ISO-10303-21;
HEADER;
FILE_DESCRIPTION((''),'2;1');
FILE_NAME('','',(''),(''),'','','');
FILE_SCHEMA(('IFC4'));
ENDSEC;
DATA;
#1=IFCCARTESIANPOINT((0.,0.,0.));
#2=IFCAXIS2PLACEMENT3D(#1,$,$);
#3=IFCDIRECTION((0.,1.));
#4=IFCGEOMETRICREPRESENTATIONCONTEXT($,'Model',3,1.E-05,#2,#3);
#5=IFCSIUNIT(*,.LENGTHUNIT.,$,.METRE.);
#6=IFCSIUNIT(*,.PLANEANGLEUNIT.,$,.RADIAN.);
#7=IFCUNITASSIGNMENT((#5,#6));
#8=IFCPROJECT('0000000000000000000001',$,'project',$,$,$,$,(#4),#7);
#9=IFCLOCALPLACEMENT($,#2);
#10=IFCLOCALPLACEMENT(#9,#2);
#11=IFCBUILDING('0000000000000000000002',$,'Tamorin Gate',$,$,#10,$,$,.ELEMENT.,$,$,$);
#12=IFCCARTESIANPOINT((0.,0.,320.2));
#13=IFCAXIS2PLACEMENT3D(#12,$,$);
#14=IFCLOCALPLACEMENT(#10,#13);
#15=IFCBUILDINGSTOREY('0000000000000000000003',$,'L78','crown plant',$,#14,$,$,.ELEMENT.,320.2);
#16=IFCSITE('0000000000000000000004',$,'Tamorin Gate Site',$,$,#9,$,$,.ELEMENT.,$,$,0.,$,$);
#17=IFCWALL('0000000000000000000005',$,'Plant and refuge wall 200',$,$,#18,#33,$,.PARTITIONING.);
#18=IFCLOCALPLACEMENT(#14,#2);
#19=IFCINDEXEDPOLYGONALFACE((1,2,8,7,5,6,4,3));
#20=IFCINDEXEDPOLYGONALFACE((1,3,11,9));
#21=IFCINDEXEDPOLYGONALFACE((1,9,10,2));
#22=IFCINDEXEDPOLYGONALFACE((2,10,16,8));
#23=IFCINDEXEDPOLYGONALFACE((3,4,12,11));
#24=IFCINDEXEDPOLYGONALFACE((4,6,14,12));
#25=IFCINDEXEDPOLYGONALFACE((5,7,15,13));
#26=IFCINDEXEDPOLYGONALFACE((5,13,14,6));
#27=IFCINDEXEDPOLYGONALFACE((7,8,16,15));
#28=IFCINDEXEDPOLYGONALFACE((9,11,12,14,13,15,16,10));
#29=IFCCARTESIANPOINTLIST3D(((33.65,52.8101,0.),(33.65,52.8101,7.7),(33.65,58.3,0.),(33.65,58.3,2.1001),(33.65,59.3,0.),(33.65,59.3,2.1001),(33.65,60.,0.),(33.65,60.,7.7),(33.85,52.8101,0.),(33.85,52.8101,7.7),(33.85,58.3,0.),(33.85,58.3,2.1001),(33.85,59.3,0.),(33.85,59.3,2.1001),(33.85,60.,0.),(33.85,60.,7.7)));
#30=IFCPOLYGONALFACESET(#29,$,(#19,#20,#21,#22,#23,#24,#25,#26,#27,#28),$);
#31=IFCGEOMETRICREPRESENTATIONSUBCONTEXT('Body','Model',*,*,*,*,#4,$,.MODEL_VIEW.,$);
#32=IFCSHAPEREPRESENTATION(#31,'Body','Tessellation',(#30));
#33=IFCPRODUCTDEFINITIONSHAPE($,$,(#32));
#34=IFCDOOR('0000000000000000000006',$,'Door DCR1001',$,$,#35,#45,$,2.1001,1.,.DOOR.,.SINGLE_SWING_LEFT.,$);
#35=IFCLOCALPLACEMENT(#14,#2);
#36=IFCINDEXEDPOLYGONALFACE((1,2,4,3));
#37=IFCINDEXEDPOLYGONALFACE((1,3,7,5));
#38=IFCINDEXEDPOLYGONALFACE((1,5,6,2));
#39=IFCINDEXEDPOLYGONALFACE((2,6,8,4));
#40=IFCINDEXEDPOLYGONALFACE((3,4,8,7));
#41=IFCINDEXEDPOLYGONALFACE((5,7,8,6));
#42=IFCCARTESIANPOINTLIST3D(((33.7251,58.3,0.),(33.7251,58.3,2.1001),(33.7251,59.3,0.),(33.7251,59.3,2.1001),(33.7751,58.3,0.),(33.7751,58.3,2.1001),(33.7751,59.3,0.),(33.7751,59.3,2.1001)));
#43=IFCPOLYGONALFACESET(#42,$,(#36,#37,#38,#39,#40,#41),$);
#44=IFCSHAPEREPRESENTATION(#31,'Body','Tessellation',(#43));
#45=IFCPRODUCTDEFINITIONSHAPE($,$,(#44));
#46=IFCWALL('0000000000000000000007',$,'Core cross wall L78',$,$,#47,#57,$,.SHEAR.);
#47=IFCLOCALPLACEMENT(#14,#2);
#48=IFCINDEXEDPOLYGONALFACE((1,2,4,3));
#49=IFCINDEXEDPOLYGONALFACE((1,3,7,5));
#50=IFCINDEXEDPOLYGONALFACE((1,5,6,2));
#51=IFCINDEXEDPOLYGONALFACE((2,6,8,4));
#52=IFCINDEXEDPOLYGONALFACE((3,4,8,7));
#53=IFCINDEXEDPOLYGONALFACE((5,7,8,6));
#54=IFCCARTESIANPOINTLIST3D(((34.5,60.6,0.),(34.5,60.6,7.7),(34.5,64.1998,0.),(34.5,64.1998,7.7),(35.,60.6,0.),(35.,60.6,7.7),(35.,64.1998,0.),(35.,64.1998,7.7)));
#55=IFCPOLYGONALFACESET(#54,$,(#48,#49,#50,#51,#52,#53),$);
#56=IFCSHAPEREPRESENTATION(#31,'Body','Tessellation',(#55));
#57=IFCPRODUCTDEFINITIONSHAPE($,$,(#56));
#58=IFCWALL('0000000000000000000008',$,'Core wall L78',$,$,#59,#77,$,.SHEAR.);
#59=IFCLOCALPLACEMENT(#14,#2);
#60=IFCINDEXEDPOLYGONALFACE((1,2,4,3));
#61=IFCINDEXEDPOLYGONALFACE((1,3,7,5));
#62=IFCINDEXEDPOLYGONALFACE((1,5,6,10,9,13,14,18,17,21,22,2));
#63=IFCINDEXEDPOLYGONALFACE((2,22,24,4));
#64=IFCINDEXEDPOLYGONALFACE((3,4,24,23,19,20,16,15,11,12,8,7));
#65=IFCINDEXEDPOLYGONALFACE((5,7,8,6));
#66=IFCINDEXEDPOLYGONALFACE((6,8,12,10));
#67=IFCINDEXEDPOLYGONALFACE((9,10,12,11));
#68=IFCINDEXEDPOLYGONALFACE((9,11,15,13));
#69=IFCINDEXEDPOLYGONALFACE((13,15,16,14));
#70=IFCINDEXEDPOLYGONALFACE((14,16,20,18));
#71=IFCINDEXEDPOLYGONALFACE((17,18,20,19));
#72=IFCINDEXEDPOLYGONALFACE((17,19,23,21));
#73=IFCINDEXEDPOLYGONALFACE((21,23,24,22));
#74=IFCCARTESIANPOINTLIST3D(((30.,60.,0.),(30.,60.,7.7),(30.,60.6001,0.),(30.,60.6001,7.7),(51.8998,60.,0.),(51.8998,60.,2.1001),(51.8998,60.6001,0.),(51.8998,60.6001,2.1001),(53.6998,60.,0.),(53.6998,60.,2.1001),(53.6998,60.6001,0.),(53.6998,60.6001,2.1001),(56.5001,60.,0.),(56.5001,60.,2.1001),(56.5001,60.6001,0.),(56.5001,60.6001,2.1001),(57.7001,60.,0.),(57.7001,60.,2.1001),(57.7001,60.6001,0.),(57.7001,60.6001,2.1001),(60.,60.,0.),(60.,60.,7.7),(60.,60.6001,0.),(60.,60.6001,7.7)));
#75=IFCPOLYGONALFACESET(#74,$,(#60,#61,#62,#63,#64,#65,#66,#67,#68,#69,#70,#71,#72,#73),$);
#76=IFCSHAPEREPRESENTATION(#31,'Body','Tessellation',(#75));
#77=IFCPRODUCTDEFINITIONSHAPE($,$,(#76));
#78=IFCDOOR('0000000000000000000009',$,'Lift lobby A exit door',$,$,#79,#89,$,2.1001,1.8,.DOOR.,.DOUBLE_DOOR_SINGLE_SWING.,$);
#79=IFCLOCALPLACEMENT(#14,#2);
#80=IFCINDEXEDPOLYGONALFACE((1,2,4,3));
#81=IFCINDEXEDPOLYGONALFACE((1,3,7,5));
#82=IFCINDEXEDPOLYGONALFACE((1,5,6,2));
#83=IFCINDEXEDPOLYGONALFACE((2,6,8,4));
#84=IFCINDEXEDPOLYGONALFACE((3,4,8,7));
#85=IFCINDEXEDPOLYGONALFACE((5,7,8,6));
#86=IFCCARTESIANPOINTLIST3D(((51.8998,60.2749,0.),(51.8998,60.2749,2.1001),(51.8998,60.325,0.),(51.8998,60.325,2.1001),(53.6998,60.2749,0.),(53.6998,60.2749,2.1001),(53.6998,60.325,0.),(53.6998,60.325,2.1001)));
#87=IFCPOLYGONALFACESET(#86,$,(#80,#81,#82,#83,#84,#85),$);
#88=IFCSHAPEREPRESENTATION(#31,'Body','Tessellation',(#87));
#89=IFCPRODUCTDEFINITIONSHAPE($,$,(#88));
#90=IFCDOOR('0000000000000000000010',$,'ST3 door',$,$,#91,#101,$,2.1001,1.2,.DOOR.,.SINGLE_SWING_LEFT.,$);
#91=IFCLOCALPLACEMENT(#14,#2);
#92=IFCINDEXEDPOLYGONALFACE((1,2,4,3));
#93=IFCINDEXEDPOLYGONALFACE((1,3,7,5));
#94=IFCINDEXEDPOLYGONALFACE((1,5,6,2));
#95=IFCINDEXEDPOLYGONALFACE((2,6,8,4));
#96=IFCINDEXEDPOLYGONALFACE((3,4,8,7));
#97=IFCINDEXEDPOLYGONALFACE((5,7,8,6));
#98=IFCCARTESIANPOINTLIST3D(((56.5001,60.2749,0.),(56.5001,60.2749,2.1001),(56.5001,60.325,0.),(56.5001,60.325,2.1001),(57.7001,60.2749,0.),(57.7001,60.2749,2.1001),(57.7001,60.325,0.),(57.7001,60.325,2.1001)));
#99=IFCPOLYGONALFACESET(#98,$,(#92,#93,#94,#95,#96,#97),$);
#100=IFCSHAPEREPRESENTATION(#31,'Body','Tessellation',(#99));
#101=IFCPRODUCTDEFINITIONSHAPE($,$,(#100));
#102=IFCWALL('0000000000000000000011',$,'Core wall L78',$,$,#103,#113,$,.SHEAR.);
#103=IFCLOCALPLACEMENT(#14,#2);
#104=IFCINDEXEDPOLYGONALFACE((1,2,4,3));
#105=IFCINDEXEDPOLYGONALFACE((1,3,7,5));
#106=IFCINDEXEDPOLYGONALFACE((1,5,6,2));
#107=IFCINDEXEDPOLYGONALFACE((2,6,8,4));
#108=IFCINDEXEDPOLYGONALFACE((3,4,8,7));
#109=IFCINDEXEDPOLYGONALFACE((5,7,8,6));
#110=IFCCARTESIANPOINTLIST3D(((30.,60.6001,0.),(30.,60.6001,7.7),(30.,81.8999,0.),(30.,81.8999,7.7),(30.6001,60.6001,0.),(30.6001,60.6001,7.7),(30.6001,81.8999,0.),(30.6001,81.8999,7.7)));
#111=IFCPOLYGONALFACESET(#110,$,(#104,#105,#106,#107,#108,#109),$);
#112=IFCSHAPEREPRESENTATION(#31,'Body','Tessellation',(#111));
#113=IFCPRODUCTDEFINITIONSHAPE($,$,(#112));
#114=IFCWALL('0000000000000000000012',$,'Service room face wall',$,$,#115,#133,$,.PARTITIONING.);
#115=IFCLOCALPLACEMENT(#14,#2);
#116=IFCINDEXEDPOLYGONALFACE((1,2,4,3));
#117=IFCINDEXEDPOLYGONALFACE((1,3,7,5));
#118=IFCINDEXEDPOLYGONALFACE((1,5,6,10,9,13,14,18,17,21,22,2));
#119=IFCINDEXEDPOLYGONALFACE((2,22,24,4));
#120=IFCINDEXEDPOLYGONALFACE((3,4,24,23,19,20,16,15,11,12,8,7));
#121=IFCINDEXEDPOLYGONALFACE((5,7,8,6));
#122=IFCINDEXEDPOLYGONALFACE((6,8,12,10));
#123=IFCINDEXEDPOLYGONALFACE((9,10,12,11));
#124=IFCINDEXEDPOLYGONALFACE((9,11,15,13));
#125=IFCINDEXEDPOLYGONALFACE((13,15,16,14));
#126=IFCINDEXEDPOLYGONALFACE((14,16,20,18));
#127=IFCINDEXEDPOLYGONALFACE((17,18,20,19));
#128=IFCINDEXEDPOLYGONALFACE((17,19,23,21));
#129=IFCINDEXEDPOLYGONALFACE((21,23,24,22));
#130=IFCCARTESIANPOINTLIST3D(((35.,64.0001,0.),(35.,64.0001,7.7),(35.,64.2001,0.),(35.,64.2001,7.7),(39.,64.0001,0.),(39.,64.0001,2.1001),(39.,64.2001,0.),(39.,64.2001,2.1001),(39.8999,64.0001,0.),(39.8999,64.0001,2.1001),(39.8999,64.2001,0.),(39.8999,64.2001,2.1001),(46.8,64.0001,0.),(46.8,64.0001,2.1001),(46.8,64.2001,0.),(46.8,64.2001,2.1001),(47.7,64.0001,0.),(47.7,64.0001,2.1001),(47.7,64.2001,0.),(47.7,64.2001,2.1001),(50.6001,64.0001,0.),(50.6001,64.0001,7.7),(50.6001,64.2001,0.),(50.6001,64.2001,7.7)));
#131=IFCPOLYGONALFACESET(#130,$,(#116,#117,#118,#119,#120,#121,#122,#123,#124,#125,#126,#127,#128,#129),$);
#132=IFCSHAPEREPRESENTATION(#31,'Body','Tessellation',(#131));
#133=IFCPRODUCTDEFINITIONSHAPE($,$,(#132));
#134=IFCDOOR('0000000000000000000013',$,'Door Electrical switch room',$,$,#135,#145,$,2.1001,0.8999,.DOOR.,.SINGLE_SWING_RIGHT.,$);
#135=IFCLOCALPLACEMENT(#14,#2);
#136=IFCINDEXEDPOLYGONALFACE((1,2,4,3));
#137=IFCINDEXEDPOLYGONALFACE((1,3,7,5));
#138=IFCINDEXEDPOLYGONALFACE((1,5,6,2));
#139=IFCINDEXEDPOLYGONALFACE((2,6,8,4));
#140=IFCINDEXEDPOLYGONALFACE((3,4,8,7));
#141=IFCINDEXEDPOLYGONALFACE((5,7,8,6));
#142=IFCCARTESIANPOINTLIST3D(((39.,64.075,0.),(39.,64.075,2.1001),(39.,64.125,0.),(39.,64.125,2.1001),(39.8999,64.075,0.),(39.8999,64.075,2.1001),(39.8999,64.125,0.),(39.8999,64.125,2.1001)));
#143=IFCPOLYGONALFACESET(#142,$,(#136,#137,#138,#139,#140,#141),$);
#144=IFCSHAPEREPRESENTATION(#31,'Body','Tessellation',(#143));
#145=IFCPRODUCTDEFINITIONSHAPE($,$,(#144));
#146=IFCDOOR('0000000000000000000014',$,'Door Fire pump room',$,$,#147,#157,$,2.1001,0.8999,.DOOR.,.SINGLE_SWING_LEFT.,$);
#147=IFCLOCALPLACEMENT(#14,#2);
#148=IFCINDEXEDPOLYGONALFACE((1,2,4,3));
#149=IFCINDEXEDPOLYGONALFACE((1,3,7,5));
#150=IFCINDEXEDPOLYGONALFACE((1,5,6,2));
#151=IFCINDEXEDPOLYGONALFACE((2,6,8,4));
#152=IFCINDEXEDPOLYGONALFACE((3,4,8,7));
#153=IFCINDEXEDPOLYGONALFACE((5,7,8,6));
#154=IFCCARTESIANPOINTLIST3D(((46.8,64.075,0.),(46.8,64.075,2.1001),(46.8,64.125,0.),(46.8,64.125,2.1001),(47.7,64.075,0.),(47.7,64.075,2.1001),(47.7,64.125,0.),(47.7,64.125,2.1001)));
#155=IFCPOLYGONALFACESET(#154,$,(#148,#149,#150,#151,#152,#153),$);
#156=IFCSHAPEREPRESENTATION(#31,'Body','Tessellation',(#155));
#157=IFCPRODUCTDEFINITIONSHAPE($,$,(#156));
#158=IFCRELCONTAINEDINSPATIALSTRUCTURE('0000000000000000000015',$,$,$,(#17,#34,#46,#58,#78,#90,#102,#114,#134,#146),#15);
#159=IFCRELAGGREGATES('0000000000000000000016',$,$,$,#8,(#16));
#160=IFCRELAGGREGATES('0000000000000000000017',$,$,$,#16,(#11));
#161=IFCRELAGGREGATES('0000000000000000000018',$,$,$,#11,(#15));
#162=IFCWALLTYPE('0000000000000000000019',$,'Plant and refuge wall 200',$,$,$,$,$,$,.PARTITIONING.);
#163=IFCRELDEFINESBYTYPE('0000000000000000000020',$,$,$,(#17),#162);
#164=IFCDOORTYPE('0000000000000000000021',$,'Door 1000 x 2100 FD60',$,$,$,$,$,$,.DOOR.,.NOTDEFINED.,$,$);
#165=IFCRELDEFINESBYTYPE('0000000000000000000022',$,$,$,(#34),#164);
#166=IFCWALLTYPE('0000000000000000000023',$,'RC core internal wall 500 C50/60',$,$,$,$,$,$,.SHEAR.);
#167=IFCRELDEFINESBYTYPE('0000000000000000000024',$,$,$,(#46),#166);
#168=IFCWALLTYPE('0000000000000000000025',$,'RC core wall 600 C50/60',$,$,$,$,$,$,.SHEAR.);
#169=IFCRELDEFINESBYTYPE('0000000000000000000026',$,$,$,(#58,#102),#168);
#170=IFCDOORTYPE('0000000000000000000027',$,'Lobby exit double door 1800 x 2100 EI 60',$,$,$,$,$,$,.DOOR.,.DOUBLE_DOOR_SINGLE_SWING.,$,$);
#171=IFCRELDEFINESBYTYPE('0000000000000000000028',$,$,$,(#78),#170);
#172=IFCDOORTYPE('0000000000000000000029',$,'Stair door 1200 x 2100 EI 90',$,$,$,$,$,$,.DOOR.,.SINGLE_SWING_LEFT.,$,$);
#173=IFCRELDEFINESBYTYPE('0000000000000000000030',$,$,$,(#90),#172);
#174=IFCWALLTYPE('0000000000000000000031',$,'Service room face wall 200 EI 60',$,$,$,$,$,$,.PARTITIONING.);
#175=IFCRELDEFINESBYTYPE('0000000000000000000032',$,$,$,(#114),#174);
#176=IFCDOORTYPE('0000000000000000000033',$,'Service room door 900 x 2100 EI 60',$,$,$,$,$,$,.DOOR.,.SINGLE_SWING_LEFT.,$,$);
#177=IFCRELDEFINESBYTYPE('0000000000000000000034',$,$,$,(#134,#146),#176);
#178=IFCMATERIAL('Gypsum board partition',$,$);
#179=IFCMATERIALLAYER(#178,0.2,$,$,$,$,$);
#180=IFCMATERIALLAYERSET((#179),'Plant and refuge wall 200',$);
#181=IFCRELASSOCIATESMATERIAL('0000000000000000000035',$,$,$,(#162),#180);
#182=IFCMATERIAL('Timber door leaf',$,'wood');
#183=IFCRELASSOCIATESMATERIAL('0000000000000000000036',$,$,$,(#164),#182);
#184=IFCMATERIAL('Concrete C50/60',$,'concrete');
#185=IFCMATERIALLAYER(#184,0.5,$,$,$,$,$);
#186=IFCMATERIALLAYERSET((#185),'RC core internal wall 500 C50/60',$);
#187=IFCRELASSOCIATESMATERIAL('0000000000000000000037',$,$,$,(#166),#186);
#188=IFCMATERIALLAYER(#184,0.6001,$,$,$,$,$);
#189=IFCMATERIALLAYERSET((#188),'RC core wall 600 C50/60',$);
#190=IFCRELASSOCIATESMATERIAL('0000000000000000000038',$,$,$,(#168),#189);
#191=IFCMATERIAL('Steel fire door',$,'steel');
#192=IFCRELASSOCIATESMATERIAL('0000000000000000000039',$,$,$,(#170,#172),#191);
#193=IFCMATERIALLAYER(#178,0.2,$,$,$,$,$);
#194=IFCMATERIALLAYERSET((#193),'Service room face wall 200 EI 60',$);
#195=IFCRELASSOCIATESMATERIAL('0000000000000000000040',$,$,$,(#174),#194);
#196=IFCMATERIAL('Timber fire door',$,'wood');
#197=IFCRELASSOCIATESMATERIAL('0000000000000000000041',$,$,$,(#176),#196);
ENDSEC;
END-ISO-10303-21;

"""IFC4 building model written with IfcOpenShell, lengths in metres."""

from ifc_helpers import new_model, si_unit, direction, frame, frame_2d, origin, place, context, subcontext, project, spatial, rectangle, extrude, material, layer, layer_set, type_object, element, fill, save


model = new_model("IFC4")

# Units and contexts
model_context = context("Model", 3, precision=1e-05, world=origin(), true_north=direction((0.0, 1.0)))
body_context = subcontext(model_context, "Body", "Model", "MODEL_VIEW")
ifc_project = project(units=[si_unit("LENGTHUNIT", "METRE"), si_unit("PLANEANGLEUNIT", "RADIAN")], contexts=[model_context])

# Site, building, storey
site_placement = place(None, origin())
site = spatial("IfcSite", under=ifc_project, at=site_placement, Name="Tamorin Gate Site", CompositionType="ELEMENT", RefElevation=0.0)
building_placement = place(site_placement, origin())
building = spatial("IfcBuilding", under=site, at=building_placement, Name="Tamorin Gate", CompositionType="ELEMENT")
storey_placement = place(building_placement, frame((0.0, 0.0, 320.2)))
storey = spatial("IfcBuildingStorey", under=building, at=storey_placement, Name="L78", Description="crown plant", CompositionType="ELEMENT", Elevation=320.2)

# Shared definitions
ifc_material_1 = material(Name="Concrete C50/60", Category="concrete")

# Shared definitions
ifc_material_2 = material(Name="Gypsum board partition")
ifc_layer_1 = layer(ifc_material_2, 0.2)
ifc_layer_set_1 = layer_set([ifc_layer_1], Name="Plant and refuge wall 200")
wall_type_1 = type_object("IfcWallType", Name="Plant and refuge wall 200", PredefinedType="PARTITIONING", material=ifc_layer_set_1)
ifc_material_3 = material(Name="Timber door leaf", Category="wood")
door_type_1 = type_object("IfcDoorType", Name="Door 1000 x 2100 FD60", OperationType="NOTDEFINED", PredefinedType="DOOR", material=ifc_material_3)

# Wall, opening, door
wall_1_placement = place(storey_placement, frame((33.75, 52.8101, 0.0), z_axis=(0.0, 0.0, 1.0), x_axis=(0.0, 1.0, 0.0)))
wall_1 = element("IfcWall", 1, at=wall_1_placement, inside=storey, type_object=wall_type_1, Name="Plant and refuge wall 200", PredefinedType="PARTITIONING", context=body_context, shape_type="SweptSolid", body=[
    extrude(rectangle(XDim=7.1899, YDim=0.2, at=frame_2d((3.595, 0.0))), origin(), (0.0, 0.0, 1.0), 7.7),
])
opening_1_placement = place(wall_1_placement, frame((5.49, 0.0, 0.0)))
opening_1 = element("IfcOpeningElement", 2, at=opening_1_placement, cuts=wall_1, PredefinedType="OPENING", context=body_context, shape_type="SweptSolid", body=[
    extrude(rectangle(XDim=1.0, YDim=2.1001, at=frame_2d((0.5, 1.05))), frame((0.0, 0.1099, 0.0), z_axis=(0.0, -1.0, 0.0), x_axis=(1.0, 0.0, 0.0)), (0.0, 0.0, 1.0), 0.22),
])
door_1_placement = place(opening_1_placement, origin())
door_1 = element("IfcDoor", 3, at=door_1_placement, inside=storey, type_object=door_type_1, Name="Door DCR1001", OperationType="SINGLE_SWING_LEFT", OverallHeight=2.1001, OverallWidth=1.0, PredefinedType="DOOR", context=body_context, shape_type="SweptSolid", body=[
    extrude(rectangle(XDim=1.0, YDim=2.1001, at=frame_2d((0.5, 1.05))), frame((0.0, 0.0249, 0.0), z_axis=(0.0, -1.0, 0.0), x_axis=(1.0, 0.0, 0.0)), (0.0, 0.0, 1.0), 0.05),
])
fill(opening_1, door_1)

# Wall
ifc_layer_2 = layer(ifc_material_1, 0.5)
ifc_layer_set_2 = layer_set([ifc_layer_2], Name="RC core internal wall 500 C50/60")
wall_type_2 = type_object("IfcWallType", Name="RC core internal wall 500 C50/60", PredefinedType="SHEAR", material=ifc_layer_set_2)
wall_2_placement = place(storey_placement, frame((34.75, 60.6001, 0.0), z_axis=(0.0, 0.0, 1.0), x_axis=(0.0, 1.0, 0.0)))
element("IfcWall", 4, at=wall_2_placement, inside=storey, type_object=wall_type_2, Name="Core cross wall L78", PredefinedType="SHEAR", context=body_context, shape_type="SweptSolid", body=[
    extrude(rectangle(XDim=3.5999, YDim=0.5, at=frame_2d((1.7998, 0.0))), origin(), (0.0, 0.0, 1.0), 7.7),
])

# Wall, openings, doors
ifc_layer_3 = layer(ifc_material_1, 0.6001)
ifc_layer_set_3 = layer_set([ifc_layer_3], Name="RC core wall 600 C50/60")
wall_type_3 = type_object("IfcWallType", Name="RC core wall 600 C50/60", PredefinedType="SHEAR", material=ifc_layer_set_3)
wall_3_placement = place(storey_placement, frame((30.0, 60.3, 0.0), z_axis=(0.0, 0.0, 1.0), x_axis=(1.0, 0.0, 0.0)))
wall_3 = element("IfcWall", 5, at=wall_3_placement, inside=storey, type_object=wall_type_3, Name="Core wall L78", PredefinedType="SHEAR", context=body_context, shape_type="SweptSolid", body=[
    extrude(rectangle(XDim=30.0, YDim=0.6001, at=frame_2d((15.0, 0.0))), origin(), (0.0, 0.0, 1.0), 7.7),
])
opening_2_placement = place(wall_3_placement, frame((21.8999, 0.0, 0.0)))
opening_2 = element("IfcOpeningElement", 6, at=opening_2_placement, cuts=wall_3, PredefinedType="OPENING", context=body_context, shape_type="SweptSolid", body=[
    extrude(rectangle(XDim=1.8, YDim=2.1001, at=frame_2d((0.8999, 1.05))), frame((0.0, 0.3101, 0.0), z_axis=(0.0, -1.0, 0.0), x_axis=(1.0, 0.0, 0.0)), (0.0, 0.0, 1.0), 0.6201),
])
opening_3_placement = place(wall_3_placement, frame((26.5, 0.0, 0.0)))
opening_3 = element("IfcOpeningElement", 7, at=opening_3_placement, cuts=wall_3, PredefinedType="OPENING", context=body_context, shape_type="SweptSolid", body=[
    extrude(rectangle(XDim=1.2, YDim=2.1001, at=frame_2d((0.6001, 1.05))), frame((0.0, 0.3101, 0.0), z_axis=(0.0, -1.0, 0.0), x_axis=(1.0, 0.0, 0.0)), (0.0, 0.0, 1.0), 0.6201),
])
ifc_material_4 = material(Name="Steel fire door", Category="steel")
door_type_2 = type_object("IfcDoorType", Name="Lobby exit double door 1800 x 2100 EI 60", OperationType="DOUBLE_DOOR_SINGLE_SWING", PredefinedType="DOOR", material=ifc_material_4)
door_2_placement = place(opening_2_placement, origin())
door_2 = element("IfcDoor", 8, at=door_2_placement, inside=storey, type_object=door_type_2, Name="Lift lobby A exit door", OperationType="DOUBLE_DOOR_SINGLE_SWING", OverallHeight=2.1001, OverallWidth=1.8, PredefinedType="DOOR", context=body_context, shape_type="SweptSolid", body=[
    extrude(rectangle(XDim=1.8, YDim=2.1001, at=frame_2d((0.8999, 1.05))), frame((0.0, 0.0249, 0.0), z_axis=(0.0, -1.0, 0.0), x_axis=(1.0, 0.0, 0.0)), (0.0, 0.0, 1.0), 0.05),
])
fill(opening_2, door_2)
door_type_3 = type_object("IfcDoorType", Name="Stair door 1200 x 2100 EI 90", OperationType="SINGLE_SWING_LEFT", PredefinedType="DOOR", material=ifc_material_4)
door_3_placement = place(opening_3_placement, origin())
door_3 = element("IfcDoor", 9, at=door_3_placement, inside=storey, type_object=door_type_3, Name="ST3 door", OperationType="SINGLE_SWING_LEFT", OverallHeight=2.1001, OverallWidth=1.2, PredefinedType="DOOR", context=body_context, shape_type="SweptSolid", body=[
    extrude(rectangle(XDim=1.2, YDim=2.1001, at=frame_2d((0.6001, 1.05))), frame((0.0, 0.0249, 0.0), z_axis=(0.0, -1.0, 0.0), x_axis=(1.0, 0.0, 0.0)), (0.0, 0.0, 1.0), 0.05),
])
fill(opening_3, door_3)

# Wall
wall_4_placement = place(storey_placement, frame((30.3, 60.6001, 0.0), z_axis=(0.0, 0.0, 1.0), x_axis=(0.0, 1.0, 0.0)))
element("IfcWall", 10, at=wall_4_placement, inside=storey, type_object=wall_type_3, Name="Core wall L78", PredefinedType="SHEAR", context=body_context, shape_type="SweptSolid", body=[
    extrude(rectangle(XDim=21.2998, YDim=0.6001, at=frame_2d((10.6499, 0.0))), origin(), (0.0, 0.0, 1.0), 7.7),
])

# Wall, openings, doors
ifc_layer_4 = layer(ifc_material_2, 0.2)
ifc_layer_set_4 = layer_set([ifc_layer_4], Name="Service room face wall 200 EI 60")
wall_type_4 = type_object("IfcWallType", Name="Service room face wall 200 EI 60", PredefinedType="PARTITIONING", material=ifc_layer_set_4)
wall_5_placement = place(storey_placement, frame((35.0, 64.1001, 0.0), z_axis=(0.0, 0.0, 1.0), x_axis=(1.0, 0.0, 0.0)))
wall_5 = element("IfcWall", 11, at=wall_5_placement, inside=storey, type_object=wall_type_4, Name="Service room face wall", PredefinedType="PARTITIONING", context=body_context, shape_type="SweptSolid", body=[
    extrude(rectangle(XDim=15.6001, YDim=0.2, at=frame_2d((7.8, 0.0))), origin(), (0.0, 0.0, 1.0), 7.7),
])
opening_4_placement = place(wall_5_placement, frame((4.0, 0.0, 0.0)))
opening_4 = element("IfcOpeningElement", 12, at=opening_4_placement, cuts=wall_5, PredefinedType="OPENING", context=body_context, shape_type="SweptSolid", body=[
    extrude(rectangle(XDim=0.8999, YDim=2.1001, at=frame_2d((0.45, 1.05))), frame((0.0, 0.1099, 0.0), z_axis=(0.0, -1.0, 0.0), x_axis=(1.0, 0.0, 0.0)), (0.0, 0.0, 1.0), 0.22),
])
opening_5_placement = place(wall_5_placement, frame((11.8, 0.0, 0.0)))
opening_5 = element("IfcOpeningElement", 13, at=opening_5_placement, cuts=wall_5, PredefinedType="OPENING", context=body_context, shape_type="SweptSolid", body=[
    extrude(rectangle(XDim=0.8999, YDim=2.1001, at=frame_2d((0.45, 1.05))), frame((0.0, 0.1099, 0.0), z_axis=(0.0, -1.0, 0.0), x_axis=(1.0, 0.0, 0.0)), (0.0, 0.0, 1.0), 0.22),
])
ifc_material_5 = material(Name="Timber fire door", Category="wood")
door_type_4 = type_object("IfcDoorType", Name="Service room door 900 x 2100 EI 60", OperationType="SINGLE_SWING_LEFT", PredefinedType="DOOR", material=ifc_material_5)
door_4_placement = place(opening_4_placement, origin())
door_4 = element("IfcDoor", 14, at=door_4_placement, inside=storey, type_object=door_type_4, Name="Door Electrical switch room", OperationType="SINGLE_SWING_RIGHT", OverallHeight=2.1001, OverallWidth=0.8999, PredefinedType="DOOR", context=body_context, shape_type="SweptSolid", body=[
    extrude(rectangle(XDim=0.8999, YDim=2.1001, at=frame_2d((0.45, 1.05))), frame((0.0, 0.0249, 0.0), z_axis=(0.0, -1.0, 0.0), x_axis=(1.0, 0.0, 0.0)), (0.0, 0.0, 1.0), 0.05),
])
fill(opening_4, door_4)
door_5_placement = place(opening_5_placement, origin())
door_5 = element("IfcDoor", 15, at=door_5_placement, inside=storey, type_object=door_type_4, Name="Door Fire pump room", OperationType="SINGLE_SWING_LEFT", OverallHeight=2.1001, OverallWidth=0.8999, PredefinedType="DOOR", context=body_context, shape_type="SweptSolid", body=[
    extrude(rectangle(XDim=0.8999, YDim=2.1001, at=frame_2d((0.45, 1.05))), frame((0.0, 0.0249, 0.0), z_axis=(0.0, -1.0, 0.0), x_axis=(1.0, 0.0, 0.0)), (0.0, 0.0, 1.0), 0.05),
])
fill(opening_5, door_5)

save(model, "model.ifc")
